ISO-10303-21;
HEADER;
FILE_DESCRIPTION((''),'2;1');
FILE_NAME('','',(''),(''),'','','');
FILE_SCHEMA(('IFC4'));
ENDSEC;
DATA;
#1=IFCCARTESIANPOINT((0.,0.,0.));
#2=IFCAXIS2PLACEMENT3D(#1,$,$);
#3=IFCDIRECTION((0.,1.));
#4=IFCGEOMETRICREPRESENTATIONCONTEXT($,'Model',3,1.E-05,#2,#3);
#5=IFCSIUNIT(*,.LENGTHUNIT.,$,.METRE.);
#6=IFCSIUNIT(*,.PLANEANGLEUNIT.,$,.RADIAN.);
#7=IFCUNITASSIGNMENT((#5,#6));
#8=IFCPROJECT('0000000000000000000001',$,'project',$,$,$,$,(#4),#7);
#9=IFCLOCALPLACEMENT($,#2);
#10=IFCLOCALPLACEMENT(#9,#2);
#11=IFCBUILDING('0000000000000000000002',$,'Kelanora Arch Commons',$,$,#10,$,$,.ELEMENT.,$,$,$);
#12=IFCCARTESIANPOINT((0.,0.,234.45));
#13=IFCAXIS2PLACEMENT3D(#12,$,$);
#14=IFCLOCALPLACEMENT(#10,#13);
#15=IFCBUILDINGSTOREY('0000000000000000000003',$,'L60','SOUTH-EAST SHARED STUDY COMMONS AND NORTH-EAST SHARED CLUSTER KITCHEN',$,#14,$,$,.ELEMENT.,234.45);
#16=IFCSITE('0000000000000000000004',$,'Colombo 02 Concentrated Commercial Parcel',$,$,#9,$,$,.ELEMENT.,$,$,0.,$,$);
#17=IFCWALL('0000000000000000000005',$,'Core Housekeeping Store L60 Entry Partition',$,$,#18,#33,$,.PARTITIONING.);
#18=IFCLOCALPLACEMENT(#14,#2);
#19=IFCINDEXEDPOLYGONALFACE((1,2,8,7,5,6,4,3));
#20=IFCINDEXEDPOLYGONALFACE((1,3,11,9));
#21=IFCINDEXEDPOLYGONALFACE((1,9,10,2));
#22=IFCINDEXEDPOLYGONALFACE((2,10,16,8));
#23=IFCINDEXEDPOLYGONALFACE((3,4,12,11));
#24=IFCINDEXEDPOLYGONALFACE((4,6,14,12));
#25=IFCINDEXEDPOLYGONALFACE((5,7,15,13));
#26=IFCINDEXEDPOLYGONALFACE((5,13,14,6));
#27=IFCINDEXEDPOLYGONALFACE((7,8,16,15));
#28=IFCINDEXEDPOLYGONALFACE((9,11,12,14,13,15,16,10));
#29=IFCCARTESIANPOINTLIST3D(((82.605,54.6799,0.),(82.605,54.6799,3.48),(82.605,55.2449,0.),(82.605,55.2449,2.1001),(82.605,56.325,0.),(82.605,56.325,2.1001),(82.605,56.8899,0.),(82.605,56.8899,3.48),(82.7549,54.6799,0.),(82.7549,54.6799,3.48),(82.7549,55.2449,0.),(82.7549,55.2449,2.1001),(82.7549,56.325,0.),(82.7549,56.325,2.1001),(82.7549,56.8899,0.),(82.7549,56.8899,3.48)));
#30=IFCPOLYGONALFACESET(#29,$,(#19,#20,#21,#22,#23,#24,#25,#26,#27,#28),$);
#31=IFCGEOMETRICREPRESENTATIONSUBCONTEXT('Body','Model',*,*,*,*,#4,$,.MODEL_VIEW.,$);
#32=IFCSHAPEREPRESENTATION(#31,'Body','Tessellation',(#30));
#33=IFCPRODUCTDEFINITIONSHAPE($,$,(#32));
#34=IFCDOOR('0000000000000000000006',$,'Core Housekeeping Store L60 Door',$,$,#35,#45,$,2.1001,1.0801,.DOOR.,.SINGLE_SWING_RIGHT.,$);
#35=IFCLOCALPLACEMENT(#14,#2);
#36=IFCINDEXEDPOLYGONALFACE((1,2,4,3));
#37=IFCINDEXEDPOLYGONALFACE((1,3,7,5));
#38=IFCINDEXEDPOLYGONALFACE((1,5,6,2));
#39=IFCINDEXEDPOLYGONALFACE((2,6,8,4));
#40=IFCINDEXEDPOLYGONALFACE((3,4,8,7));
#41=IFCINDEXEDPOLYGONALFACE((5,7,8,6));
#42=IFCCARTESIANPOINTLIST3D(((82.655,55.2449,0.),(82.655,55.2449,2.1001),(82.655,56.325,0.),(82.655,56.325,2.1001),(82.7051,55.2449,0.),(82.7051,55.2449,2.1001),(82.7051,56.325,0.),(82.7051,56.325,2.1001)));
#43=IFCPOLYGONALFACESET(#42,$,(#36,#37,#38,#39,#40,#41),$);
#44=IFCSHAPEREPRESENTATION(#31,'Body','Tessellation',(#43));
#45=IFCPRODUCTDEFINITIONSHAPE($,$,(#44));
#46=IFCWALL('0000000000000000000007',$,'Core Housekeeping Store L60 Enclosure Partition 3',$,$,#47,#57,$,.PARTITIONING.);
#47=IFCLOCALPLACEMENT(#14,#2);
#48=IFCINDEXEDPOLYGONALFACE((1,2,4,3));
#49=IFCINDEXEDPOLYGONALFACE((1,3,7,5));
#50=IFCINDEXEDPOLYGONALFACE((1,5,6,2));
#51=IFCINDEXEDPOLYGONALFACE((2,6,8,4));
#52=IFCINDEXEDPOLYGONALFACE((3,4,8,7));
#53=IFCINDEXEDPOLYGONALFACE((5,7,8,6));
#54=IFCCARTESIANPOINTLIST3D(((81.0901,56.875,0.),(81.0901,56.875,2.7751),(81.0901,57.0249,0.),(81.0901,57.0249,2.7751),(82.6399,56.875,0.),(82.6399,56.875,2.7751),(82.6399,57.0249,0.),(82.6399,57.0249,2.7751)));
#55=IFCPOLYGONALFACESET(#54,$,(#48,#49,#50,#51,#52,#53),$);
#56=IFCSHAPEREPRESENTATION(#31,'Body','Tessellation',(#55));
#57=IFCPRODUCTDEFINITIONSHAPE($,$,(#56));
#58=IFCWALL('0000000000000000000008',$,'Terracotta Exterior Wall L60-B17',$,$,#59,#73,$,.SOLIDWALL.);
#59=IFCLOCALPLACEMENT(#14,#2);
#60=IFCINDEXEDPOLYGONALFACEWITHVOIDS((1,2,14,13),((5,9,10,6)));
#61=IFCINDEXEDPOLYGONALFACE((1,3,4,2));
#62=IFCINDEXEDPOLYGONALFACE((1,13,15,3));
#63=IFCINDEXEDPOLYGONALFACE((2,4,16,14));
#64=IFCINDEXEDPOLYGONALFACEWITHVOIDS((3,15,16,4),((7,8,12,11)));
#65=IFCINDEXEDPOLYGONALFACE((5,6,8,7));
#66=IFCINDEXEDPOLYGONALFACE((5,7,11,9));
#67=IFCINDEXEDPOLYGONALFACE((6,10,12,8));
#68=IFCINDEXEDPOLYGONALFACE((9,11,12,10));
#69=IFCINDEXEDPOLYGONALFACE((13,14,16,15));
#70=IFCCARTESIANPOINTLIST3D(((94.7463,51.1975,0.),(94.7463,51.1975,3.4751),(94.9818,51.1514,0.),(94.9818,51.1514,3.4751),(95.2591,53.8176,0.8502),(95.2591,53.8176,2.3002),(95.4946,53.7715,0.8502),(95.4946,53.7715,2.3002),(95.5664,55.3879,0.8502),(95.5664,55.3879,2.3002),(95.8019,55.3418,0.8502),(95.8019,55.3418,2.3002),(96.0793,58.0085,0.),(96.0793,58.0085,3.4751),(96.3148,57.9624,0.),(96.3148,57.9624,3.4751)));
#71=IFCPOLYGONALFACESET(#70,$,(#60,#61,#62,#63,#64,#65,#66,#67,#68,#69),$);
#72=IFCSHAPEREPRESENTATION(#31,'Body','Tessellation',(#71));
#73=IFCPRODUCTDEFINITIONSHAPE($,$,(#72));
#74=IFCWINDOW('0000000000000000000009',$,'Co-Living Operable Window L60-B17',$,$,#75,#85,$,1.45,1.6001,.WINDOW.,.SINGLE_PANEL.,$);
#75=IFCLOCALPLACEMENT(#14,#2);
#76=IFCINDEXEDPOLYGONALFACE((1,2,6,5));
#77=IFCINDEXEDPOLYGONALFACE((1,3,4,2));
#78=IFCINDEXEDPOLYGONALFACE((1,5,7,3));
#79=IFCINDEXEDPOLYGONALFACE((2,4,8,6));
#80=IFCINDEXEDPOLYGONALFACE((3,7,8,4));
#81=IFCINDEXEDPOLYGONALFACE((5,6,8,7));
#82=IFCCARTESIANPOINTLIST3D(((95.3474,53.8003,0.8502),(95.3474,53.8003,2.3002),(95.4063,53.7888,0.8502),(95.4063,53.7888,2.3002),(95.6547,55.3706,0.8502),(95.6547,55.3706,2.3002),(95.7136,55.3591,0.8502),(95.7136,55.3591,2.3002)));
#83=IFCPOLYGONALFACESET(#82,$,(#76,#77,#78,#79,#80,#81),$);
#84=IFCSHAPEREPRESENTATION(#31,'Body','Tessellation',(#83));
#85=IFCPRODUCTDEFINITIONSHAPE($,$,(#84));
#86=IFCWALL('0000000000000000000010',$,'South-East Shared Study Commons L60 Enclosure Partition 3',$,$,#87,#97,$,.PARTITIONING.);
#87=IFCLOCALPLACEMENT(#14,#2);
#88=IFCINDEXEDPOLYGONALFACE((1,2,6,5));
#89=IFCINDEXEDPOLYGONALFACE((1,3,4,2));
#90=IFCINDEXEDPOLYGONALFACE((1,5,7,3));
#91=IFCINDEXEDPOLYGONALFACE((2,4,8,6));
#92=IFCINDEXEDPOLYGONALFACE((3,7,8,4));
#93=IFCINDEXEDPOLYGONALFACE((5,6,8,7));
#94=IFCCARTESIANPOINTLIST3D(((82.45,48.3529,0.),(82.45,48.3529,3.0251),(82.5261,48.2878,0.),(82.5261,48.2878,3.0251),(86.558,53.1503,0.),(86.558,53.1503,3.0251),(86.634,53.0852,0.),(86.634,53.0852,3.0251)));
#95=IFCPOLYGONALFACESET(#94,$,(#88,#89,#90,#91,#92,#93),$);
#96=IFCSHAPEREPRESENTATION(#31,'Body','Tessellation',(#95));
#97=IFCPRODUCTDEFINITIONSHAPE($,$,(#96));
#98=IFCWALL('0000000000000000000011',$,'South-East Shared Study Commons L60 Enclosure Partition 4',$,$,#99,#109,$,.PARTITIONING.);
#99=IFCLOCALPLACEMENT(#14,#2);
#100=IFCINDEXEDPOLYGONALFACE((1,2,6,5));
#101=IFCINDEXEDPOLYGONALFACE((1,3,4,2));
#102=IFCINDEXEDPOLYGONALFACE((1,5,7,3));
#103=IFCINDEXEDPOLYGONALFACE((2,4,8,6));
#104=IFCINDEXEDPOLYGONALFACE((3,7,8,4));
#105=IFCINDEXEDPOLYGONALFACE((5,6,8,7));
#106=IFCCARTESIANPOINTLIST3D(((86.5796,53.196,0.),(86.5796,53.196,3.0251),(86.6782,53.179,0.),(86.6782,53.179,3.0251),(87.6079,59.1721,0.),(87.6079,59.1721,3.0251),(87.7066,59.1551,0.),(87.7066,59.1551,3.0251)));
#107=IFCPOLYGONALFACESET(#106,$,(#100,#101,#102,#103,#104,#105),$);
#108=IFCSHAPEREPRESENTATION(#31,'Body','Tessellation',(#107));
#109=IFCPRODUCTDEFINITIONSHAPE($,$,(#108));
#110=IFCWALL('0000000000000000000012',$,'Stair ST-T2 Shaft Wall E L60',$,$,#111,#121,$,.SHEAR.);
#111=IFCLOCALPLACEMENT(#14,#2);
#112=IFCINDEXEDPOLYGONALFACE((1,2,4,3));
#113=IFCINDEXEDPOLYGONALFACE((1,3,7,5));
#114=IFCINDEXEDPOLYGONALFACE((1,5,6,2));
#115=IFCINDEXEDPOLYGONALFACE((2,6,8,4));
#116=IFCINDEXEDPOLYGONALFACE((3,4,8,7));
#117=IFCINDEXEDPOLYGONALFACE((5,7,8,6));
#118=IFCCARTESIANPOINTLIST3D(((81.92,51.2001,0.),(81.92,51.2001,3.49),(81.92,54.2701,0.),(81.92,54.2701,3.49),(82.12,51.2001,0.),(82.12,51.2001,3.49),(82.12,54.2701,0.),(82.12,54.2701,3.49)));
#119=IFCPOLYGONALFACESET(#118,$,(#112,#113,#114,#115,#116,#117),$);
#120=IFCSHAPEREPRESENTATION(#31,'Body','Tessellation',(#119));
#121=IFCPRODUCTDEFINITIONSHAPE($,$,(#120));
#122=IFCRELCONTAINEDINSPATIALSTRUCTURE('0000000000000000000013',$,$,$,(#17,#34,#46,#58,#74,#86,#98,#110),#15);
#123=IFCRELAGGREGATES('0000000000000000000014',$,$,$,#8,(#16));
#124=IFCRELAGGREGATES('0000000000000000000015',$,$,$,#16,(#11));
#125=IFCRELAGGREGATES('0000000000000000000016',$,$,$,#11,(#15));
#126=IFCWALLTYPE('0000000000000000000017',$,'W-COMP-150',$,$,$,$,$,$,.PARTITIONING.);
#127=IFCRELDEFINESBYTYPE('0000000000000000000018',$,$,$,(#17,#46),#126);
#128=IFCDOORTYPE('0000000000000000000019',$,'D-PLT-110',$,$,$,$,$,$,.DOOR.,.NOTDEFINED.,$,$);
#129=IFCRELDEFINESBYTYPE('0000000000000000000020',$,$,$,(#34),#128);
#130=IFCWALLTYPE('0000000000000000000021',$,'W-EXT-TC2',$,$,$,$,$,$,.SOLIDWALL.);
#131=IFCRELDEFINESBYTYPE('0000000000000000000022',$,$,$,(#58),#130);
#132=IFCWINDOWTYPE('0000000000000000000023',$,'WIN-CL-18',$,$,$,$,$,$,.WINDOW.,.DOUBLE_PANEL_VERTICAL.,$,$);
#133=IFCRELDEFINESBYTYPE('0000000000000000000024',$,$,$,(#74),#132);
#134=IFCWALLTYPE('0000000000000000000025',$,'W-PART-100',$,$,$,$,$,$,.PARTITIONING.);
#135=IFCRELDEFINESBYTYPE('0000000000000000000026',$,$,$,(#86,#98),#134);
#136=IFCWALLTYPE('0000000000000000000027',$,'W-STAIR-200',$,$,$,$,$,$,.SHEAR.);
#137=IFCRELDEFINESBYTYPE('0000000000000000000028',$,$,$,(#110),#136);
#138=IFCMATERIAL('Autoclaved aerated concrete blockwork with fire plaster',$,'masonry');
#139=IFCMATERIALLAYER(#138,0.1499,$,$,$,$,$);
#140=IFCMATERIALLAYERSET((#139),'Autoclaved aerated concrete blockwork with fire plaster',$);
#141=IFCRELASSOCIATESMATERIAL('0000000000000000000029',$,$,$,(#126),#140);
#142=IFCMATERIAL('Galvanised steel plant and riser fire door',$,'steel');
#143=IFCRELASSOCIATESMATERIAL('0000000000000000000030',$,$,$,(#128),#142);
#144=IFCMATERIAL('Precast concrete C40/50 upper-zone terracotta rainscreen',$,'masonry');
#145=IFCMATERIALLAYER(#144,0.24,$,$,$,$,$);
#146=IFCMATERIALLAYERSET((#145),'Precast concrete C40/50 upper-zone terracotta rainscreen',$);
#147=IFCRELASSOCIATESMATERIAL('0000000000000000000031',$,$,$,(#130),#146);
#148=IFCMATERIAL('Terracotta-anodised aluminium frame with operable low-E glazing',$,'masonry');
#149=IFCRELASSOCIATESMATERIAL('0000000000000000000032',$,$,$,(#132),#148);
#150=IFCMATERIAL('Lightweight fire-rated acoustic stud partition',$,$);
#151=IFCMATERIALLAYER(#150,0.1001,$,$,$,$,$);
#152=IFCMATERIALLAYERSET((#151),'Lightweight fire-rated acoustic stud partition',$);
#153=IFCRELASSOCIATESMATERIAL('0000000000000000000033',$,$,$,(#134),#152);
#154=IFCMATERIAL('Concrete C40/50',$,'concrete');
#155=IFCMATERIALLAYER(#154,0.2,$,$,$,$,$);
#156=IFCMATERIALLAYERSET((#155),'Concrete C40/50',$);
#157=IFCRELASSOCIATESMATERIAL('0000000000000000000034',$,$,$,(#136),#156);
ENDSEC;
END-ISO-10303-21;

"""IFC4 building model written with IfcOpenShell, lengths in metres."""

from ifc_helpers import new_model, si_unit, direction, frame, frame_2d, origin, place, context, subcontext, project, spatial, rectangle, extrude, material, layer, layer_set, type_object, element, fill, save


model = new_model("IFC4")

# Units and contexts
model_context = context("Model", 3, precision=1e-05, world=origin(), true_north=direction((0.0, 1.0)))
body_context = subcontext(model_context, "Body", "Model", "MODEL_VIEW")
ifc_project = project(units=[si_unit("LENGTHUNIT", "METRE"), si_unit("PLANEANGLEUNIT", "RADIAN")], contexts=[model_context])

# Site, building, storey
site_placement = place(None, origin())
site = spatial("IfcSite", under=ifc_project, at=site_placement, Name="Colombo 02 Concentrated Commercial Parcel", CompositionType="ELEMENT", RefElevation=0.0)
building_placement = place(site_placement, origin())
building = spatial("IfcBuilding", under=site, at=building_placement, Name="Kelanora Arch Commons", CompositionType="ELEMENT")
storey_placement = place(building_placement, frame((0.0, 0.0, 234.45)))
storey = spatial("IfcBuildingStorey", under=building, at=storey_placement, Name="L60", Description="SOUTH-EAST SHARED STUDY COMMONS AND NORTH-EAST SHARED CLUSTER KITCHEN", CompositionType="ELEMENT", Elevation=234.45)

# Wall, opening, door
ifc_material_1 = material(Name="Autoclaved aerated concrete blockwork with fire plaster", Category="masonry")
ifc_layer_1 = layer(ifc_material_1, 0.1499)
ifc_layer_set_1 = layer_set([ifc_layer_1], Name="Autoclaved aerated concrete blockwork with fire plaster")
wall_type_1 = type_object("IfcWallType", Name="W-COMP-150", PredefinedType="PARTITIONING", material=ifc_layer_set_1)
wall_1_placement = place(storey_placement, frame((82.6799, 54.6799, 0.0), z_axis=(0.0, 0.0, 1.0), x_axis=(0.0, 1.0, 0.0)))
wall_1 = element("IfcWall", 1, at=wall_1_placement, inside=storey, type_object=wall_type_1, Name="Core Housekeeping Store L60 Entry Partition", PredefinedType="PARTITIONING", context=body_context, shape_type="SweptSolid", body=[
    extrude(rectangle(XDim=2.21, YDim=0.1499, at=frame_2d((1.105, 0.0))), origin(), (0.0, 0.0, 1.0), 3.48),
])
opening_1_placement = place(wall_1_placement, frame((0.5649, 0.0, 0.0)))
opening_1 = element("IfcOpeningElement", 2, at=opening_1_placement, cuts=wall_1, PredefinedType="OPENING", context=body_context, shape_type="SweptSolid", body=[
    extrude(rectangle(XDim=1.0801, YDim=2.1001, at=frame_2d((0.54, 1.05))), frame((0.0, 0.085, 0.0), z_axis=(0.0, -1.0, 0.0), x_axis=(1.0, 0.0, 0.0)), (0.0, 0.0, 1.0), 0.1699),
])
ifc_material_2 = material(Name="Galvanised steel plant and riser fire door", Category="steel")
door_type = type_object("IfcDoorType", Name="D-PLT-110", OperationType="NOTDEFINED", PredefinedType="DOOR", material=ifc_material_2)
door_placement = place(opening_1_placement, origin())
door = element("IfcDoor", 3, at=door_placement, inside=storey, type_object=door_type, Name="Core Housekeeping Store L60 Door", OperationType="SINGLE_SWING_RIGHT", OverallHeight=2.1001, OverallWidth=1.0801, PredefinedType="DOOR", context=body_context, shape_type="SweptSolid", body=[
    extrude(rectangle(XDim=1.0801, YDim=2.1001, at=frame_2d((0.54, 1.05))), frame((0.0, 0.0249, 0.0), z_axis=(0.0, -1.0, 0.0), x_axis=(1.0, 0.0, 0.0)), (0.0, 0.0, 1.0), 0.05),
])
fill(opening_1, door)

# Wall
wall_2_placement = place(storey_placement, frame((82.6399, 56.95, 0.0), z_axis=(0.0, 0.0, 1.0), x_axis=(-1.0, 0.0, 0.0)))
element("IfcWall", 4, at=wall_2_placement, inside=storey, type_object=wall_type_1, Name="Core Housekeeping Store L60 Enclosure Partition 3", PredefinedType="PARTITIONING", context=body_context, shape_type="SweptSolid", body=[
    extrude(rectangle(XDim=1.5498, YDim=0.1499, at=frame_2d((0.7749, 0.0))), origin(), (0.0, 0.0, 1.0), 2.7751),
])

# Wall, opening, window
ifc_material_3 = material(Name="Precast concrete C40/50 upper-zone terracotta rainscreen", Category="masonry")
ifc_layer_2 = layer(ifc_material_3, 0.24)
ifc_layer_set_2 = layer_set([ifc_layer_2], Name="Precast concrete C40/50 upper-zone terracotta rainscreen")
wall_type_2 = type_object("IfcWallType", Name="W-EXT-TC2", PredefinedType="SOLIDWALL", material=ifc_layer_set_2)
wall_3_placement = place(storey_placement, frame((94.864, 51.1743, 0.0), z_axis=(0.0, 0.0, 1.0), x_axis=(0.192069, 0.981381, 0.0)))
wall_3 = element("IfcWall", 5, at=wall_3_placement, inside=storey, type_object=wall_type_2, Name="Terracotta Exterior Wall L60-B17", PredefinedType="SOLIDWALL", context=body_context, shape_type="SweptSolid", body=[
    extrude(rectangle(XDim=6.9402, YDim=0.24, at=frame_2d((3.4702, 0.0))), origin(), (0.0, 0.0, 1.0), 3.4751),
])
opening_2_placement = place(wall_3_placement, frame((2.6699, 0.0, 0.8501)))
opening_2 = element("IfcOpeningElement", 6, at=opening_2_placement, cuts=wall_3, PredefinedType="OPENING", context=body_context, shape_type="SweptSolid", body=[
    extrude(rectangle(XDim=1.6001, YDim=1.45, at=frame_2d((0.8, 0.7251))), frame((0.0, 0.1299, 0.0), z_axis=(0.0, -1.0, 0.0), x_axis=(1.0, 0.0, 0.0)), (0.0, 0.0, 1.0), 0.26),
])
ifc_material_4 = material(Name="Terracotta-anodised aluminium frame with operable low-E glazing", Category="masonry")
window_type = type_object("IfcWindowType", Name="WIN-CL-18", PartitioningType="DOUBLE_PANEL_VERTICAL", PredefinedType="WINDOW", material=ifc_material_4)
window_placement = place(opening_2_placement, origin())
window = element("IfcWindow", 7, at=window_placement, inside=storey, type_object=window_type, Name="Co-Living Operable Window L60-B17", OverallHeight=1.45, OverallWidth=1.6001, PartitioningType="SINGLE_PANEL", PredefinedType="WINDOW", context=body_context, shape_type="SweptSolid", body=[
    extrude(rectangle(XDim=1.6001, YDim=1.45, at=frame_2d((0.8, 0.7251))), frame((0.0, 0.03, 0.0), z_axis=(0.0, -1.0, 0.0), x_axis=(1.0, 0.0, 0.0)), (0.0, 0.0, 1.0), 0.0601),
])
fill(opening_2, window)

# Walls
ifc_material_5 = material(Name="Lightweight fire-rated acoustic stud partition")
ifc_layer_3 = layer(ifc_material_5, 0.1001)
ifc_layer_set_3 = layer_set([ifc_layer_3], Name="Lightweight fire-rated acoustic stud partition")
wall_type_3 = type_object("IfcWallType", Name="W-PART-100", PredefinedType="PARTITIONING", material=ifc_layer_set_3)
wall_4_placement = place(storey_placement, frame((82.488, 48.3203, 0.0), z_axis=(0.0, 0.0, 1.0), x_axis=(0.650416, 0.759578, 0.0)))
element("IfcWall", 8, at=wall_4_placement, inside=storey, type_object=wall_type_3, Name="South-East Shared Study Commons L60 Enclosure Partition 3", PredefinedType="PARTITIONING", context=body_context, shape_type="SweptSolid", body=[
    extrude(rectangle(XDim=6.3159, YDim=0.1001, at=frame_2d((3.158, 0.0))), origin(), (0.0, 0.0, 1.0), 3.0251),
])
wall_5_placement = place(storey_placement, frame((86.6289, 53.1875, 0.0), z_axis=(0.0, 0.0, 1.0), x_axis=(0.169581, 0.985516, 0.0)))
element("IfcWall", 9, at=wall_5_placement, inside=storey, type_object=wall_type_3, Name="South-East Shared Study Commons L60 Enclosure Partition 4", PredefinedType="PARTITIONING", context=body_context, shape_type="SweptSolid", body=[
    extrude(rectangle(XDim=6.064, YDim=0.1001, at=frame_2d((3.032, 0.0))), origin(), (0.0, 0.0, 1.0), 3.0251),
])
ifc_material_6 = material(Name="Concrete C40/50", Category="concrete")
ifc_layer_4 = layer(ifc_material_6, 0.2)
ifc_layer_set_4 = layer_set([ifc_layer_4], Name="Concrete C40/50")
wall_type_4 = type_object("IfcWallType", Name="W-STAIR-200", PredefinedType="SHEAR", material=ifc_layer_set_4)
wall_6_placement = place(storey_placement, frame((82.02, 51.2, 0.0), z_axis=(0.0, 0.0, 1.0), x_axis=(0.0, 1.0, 0.0)))
element("IfcWall", 10, at=wall_6_placement, inside=storey, type_object=wall_type_4, Name="Stair ST-T2 Shaft Wall E L60", PredefinedType="SHEAR", context=body_context, shape_type="SweptSolid", body=[
    extrude(rectangle(XDim=3.0701, YDim=0.2, at=frame_2d((1.5352, 0.0))), origin(), (0.0, 0.0, 1.0), 3.49),
])

save(model, "model.ifc")
